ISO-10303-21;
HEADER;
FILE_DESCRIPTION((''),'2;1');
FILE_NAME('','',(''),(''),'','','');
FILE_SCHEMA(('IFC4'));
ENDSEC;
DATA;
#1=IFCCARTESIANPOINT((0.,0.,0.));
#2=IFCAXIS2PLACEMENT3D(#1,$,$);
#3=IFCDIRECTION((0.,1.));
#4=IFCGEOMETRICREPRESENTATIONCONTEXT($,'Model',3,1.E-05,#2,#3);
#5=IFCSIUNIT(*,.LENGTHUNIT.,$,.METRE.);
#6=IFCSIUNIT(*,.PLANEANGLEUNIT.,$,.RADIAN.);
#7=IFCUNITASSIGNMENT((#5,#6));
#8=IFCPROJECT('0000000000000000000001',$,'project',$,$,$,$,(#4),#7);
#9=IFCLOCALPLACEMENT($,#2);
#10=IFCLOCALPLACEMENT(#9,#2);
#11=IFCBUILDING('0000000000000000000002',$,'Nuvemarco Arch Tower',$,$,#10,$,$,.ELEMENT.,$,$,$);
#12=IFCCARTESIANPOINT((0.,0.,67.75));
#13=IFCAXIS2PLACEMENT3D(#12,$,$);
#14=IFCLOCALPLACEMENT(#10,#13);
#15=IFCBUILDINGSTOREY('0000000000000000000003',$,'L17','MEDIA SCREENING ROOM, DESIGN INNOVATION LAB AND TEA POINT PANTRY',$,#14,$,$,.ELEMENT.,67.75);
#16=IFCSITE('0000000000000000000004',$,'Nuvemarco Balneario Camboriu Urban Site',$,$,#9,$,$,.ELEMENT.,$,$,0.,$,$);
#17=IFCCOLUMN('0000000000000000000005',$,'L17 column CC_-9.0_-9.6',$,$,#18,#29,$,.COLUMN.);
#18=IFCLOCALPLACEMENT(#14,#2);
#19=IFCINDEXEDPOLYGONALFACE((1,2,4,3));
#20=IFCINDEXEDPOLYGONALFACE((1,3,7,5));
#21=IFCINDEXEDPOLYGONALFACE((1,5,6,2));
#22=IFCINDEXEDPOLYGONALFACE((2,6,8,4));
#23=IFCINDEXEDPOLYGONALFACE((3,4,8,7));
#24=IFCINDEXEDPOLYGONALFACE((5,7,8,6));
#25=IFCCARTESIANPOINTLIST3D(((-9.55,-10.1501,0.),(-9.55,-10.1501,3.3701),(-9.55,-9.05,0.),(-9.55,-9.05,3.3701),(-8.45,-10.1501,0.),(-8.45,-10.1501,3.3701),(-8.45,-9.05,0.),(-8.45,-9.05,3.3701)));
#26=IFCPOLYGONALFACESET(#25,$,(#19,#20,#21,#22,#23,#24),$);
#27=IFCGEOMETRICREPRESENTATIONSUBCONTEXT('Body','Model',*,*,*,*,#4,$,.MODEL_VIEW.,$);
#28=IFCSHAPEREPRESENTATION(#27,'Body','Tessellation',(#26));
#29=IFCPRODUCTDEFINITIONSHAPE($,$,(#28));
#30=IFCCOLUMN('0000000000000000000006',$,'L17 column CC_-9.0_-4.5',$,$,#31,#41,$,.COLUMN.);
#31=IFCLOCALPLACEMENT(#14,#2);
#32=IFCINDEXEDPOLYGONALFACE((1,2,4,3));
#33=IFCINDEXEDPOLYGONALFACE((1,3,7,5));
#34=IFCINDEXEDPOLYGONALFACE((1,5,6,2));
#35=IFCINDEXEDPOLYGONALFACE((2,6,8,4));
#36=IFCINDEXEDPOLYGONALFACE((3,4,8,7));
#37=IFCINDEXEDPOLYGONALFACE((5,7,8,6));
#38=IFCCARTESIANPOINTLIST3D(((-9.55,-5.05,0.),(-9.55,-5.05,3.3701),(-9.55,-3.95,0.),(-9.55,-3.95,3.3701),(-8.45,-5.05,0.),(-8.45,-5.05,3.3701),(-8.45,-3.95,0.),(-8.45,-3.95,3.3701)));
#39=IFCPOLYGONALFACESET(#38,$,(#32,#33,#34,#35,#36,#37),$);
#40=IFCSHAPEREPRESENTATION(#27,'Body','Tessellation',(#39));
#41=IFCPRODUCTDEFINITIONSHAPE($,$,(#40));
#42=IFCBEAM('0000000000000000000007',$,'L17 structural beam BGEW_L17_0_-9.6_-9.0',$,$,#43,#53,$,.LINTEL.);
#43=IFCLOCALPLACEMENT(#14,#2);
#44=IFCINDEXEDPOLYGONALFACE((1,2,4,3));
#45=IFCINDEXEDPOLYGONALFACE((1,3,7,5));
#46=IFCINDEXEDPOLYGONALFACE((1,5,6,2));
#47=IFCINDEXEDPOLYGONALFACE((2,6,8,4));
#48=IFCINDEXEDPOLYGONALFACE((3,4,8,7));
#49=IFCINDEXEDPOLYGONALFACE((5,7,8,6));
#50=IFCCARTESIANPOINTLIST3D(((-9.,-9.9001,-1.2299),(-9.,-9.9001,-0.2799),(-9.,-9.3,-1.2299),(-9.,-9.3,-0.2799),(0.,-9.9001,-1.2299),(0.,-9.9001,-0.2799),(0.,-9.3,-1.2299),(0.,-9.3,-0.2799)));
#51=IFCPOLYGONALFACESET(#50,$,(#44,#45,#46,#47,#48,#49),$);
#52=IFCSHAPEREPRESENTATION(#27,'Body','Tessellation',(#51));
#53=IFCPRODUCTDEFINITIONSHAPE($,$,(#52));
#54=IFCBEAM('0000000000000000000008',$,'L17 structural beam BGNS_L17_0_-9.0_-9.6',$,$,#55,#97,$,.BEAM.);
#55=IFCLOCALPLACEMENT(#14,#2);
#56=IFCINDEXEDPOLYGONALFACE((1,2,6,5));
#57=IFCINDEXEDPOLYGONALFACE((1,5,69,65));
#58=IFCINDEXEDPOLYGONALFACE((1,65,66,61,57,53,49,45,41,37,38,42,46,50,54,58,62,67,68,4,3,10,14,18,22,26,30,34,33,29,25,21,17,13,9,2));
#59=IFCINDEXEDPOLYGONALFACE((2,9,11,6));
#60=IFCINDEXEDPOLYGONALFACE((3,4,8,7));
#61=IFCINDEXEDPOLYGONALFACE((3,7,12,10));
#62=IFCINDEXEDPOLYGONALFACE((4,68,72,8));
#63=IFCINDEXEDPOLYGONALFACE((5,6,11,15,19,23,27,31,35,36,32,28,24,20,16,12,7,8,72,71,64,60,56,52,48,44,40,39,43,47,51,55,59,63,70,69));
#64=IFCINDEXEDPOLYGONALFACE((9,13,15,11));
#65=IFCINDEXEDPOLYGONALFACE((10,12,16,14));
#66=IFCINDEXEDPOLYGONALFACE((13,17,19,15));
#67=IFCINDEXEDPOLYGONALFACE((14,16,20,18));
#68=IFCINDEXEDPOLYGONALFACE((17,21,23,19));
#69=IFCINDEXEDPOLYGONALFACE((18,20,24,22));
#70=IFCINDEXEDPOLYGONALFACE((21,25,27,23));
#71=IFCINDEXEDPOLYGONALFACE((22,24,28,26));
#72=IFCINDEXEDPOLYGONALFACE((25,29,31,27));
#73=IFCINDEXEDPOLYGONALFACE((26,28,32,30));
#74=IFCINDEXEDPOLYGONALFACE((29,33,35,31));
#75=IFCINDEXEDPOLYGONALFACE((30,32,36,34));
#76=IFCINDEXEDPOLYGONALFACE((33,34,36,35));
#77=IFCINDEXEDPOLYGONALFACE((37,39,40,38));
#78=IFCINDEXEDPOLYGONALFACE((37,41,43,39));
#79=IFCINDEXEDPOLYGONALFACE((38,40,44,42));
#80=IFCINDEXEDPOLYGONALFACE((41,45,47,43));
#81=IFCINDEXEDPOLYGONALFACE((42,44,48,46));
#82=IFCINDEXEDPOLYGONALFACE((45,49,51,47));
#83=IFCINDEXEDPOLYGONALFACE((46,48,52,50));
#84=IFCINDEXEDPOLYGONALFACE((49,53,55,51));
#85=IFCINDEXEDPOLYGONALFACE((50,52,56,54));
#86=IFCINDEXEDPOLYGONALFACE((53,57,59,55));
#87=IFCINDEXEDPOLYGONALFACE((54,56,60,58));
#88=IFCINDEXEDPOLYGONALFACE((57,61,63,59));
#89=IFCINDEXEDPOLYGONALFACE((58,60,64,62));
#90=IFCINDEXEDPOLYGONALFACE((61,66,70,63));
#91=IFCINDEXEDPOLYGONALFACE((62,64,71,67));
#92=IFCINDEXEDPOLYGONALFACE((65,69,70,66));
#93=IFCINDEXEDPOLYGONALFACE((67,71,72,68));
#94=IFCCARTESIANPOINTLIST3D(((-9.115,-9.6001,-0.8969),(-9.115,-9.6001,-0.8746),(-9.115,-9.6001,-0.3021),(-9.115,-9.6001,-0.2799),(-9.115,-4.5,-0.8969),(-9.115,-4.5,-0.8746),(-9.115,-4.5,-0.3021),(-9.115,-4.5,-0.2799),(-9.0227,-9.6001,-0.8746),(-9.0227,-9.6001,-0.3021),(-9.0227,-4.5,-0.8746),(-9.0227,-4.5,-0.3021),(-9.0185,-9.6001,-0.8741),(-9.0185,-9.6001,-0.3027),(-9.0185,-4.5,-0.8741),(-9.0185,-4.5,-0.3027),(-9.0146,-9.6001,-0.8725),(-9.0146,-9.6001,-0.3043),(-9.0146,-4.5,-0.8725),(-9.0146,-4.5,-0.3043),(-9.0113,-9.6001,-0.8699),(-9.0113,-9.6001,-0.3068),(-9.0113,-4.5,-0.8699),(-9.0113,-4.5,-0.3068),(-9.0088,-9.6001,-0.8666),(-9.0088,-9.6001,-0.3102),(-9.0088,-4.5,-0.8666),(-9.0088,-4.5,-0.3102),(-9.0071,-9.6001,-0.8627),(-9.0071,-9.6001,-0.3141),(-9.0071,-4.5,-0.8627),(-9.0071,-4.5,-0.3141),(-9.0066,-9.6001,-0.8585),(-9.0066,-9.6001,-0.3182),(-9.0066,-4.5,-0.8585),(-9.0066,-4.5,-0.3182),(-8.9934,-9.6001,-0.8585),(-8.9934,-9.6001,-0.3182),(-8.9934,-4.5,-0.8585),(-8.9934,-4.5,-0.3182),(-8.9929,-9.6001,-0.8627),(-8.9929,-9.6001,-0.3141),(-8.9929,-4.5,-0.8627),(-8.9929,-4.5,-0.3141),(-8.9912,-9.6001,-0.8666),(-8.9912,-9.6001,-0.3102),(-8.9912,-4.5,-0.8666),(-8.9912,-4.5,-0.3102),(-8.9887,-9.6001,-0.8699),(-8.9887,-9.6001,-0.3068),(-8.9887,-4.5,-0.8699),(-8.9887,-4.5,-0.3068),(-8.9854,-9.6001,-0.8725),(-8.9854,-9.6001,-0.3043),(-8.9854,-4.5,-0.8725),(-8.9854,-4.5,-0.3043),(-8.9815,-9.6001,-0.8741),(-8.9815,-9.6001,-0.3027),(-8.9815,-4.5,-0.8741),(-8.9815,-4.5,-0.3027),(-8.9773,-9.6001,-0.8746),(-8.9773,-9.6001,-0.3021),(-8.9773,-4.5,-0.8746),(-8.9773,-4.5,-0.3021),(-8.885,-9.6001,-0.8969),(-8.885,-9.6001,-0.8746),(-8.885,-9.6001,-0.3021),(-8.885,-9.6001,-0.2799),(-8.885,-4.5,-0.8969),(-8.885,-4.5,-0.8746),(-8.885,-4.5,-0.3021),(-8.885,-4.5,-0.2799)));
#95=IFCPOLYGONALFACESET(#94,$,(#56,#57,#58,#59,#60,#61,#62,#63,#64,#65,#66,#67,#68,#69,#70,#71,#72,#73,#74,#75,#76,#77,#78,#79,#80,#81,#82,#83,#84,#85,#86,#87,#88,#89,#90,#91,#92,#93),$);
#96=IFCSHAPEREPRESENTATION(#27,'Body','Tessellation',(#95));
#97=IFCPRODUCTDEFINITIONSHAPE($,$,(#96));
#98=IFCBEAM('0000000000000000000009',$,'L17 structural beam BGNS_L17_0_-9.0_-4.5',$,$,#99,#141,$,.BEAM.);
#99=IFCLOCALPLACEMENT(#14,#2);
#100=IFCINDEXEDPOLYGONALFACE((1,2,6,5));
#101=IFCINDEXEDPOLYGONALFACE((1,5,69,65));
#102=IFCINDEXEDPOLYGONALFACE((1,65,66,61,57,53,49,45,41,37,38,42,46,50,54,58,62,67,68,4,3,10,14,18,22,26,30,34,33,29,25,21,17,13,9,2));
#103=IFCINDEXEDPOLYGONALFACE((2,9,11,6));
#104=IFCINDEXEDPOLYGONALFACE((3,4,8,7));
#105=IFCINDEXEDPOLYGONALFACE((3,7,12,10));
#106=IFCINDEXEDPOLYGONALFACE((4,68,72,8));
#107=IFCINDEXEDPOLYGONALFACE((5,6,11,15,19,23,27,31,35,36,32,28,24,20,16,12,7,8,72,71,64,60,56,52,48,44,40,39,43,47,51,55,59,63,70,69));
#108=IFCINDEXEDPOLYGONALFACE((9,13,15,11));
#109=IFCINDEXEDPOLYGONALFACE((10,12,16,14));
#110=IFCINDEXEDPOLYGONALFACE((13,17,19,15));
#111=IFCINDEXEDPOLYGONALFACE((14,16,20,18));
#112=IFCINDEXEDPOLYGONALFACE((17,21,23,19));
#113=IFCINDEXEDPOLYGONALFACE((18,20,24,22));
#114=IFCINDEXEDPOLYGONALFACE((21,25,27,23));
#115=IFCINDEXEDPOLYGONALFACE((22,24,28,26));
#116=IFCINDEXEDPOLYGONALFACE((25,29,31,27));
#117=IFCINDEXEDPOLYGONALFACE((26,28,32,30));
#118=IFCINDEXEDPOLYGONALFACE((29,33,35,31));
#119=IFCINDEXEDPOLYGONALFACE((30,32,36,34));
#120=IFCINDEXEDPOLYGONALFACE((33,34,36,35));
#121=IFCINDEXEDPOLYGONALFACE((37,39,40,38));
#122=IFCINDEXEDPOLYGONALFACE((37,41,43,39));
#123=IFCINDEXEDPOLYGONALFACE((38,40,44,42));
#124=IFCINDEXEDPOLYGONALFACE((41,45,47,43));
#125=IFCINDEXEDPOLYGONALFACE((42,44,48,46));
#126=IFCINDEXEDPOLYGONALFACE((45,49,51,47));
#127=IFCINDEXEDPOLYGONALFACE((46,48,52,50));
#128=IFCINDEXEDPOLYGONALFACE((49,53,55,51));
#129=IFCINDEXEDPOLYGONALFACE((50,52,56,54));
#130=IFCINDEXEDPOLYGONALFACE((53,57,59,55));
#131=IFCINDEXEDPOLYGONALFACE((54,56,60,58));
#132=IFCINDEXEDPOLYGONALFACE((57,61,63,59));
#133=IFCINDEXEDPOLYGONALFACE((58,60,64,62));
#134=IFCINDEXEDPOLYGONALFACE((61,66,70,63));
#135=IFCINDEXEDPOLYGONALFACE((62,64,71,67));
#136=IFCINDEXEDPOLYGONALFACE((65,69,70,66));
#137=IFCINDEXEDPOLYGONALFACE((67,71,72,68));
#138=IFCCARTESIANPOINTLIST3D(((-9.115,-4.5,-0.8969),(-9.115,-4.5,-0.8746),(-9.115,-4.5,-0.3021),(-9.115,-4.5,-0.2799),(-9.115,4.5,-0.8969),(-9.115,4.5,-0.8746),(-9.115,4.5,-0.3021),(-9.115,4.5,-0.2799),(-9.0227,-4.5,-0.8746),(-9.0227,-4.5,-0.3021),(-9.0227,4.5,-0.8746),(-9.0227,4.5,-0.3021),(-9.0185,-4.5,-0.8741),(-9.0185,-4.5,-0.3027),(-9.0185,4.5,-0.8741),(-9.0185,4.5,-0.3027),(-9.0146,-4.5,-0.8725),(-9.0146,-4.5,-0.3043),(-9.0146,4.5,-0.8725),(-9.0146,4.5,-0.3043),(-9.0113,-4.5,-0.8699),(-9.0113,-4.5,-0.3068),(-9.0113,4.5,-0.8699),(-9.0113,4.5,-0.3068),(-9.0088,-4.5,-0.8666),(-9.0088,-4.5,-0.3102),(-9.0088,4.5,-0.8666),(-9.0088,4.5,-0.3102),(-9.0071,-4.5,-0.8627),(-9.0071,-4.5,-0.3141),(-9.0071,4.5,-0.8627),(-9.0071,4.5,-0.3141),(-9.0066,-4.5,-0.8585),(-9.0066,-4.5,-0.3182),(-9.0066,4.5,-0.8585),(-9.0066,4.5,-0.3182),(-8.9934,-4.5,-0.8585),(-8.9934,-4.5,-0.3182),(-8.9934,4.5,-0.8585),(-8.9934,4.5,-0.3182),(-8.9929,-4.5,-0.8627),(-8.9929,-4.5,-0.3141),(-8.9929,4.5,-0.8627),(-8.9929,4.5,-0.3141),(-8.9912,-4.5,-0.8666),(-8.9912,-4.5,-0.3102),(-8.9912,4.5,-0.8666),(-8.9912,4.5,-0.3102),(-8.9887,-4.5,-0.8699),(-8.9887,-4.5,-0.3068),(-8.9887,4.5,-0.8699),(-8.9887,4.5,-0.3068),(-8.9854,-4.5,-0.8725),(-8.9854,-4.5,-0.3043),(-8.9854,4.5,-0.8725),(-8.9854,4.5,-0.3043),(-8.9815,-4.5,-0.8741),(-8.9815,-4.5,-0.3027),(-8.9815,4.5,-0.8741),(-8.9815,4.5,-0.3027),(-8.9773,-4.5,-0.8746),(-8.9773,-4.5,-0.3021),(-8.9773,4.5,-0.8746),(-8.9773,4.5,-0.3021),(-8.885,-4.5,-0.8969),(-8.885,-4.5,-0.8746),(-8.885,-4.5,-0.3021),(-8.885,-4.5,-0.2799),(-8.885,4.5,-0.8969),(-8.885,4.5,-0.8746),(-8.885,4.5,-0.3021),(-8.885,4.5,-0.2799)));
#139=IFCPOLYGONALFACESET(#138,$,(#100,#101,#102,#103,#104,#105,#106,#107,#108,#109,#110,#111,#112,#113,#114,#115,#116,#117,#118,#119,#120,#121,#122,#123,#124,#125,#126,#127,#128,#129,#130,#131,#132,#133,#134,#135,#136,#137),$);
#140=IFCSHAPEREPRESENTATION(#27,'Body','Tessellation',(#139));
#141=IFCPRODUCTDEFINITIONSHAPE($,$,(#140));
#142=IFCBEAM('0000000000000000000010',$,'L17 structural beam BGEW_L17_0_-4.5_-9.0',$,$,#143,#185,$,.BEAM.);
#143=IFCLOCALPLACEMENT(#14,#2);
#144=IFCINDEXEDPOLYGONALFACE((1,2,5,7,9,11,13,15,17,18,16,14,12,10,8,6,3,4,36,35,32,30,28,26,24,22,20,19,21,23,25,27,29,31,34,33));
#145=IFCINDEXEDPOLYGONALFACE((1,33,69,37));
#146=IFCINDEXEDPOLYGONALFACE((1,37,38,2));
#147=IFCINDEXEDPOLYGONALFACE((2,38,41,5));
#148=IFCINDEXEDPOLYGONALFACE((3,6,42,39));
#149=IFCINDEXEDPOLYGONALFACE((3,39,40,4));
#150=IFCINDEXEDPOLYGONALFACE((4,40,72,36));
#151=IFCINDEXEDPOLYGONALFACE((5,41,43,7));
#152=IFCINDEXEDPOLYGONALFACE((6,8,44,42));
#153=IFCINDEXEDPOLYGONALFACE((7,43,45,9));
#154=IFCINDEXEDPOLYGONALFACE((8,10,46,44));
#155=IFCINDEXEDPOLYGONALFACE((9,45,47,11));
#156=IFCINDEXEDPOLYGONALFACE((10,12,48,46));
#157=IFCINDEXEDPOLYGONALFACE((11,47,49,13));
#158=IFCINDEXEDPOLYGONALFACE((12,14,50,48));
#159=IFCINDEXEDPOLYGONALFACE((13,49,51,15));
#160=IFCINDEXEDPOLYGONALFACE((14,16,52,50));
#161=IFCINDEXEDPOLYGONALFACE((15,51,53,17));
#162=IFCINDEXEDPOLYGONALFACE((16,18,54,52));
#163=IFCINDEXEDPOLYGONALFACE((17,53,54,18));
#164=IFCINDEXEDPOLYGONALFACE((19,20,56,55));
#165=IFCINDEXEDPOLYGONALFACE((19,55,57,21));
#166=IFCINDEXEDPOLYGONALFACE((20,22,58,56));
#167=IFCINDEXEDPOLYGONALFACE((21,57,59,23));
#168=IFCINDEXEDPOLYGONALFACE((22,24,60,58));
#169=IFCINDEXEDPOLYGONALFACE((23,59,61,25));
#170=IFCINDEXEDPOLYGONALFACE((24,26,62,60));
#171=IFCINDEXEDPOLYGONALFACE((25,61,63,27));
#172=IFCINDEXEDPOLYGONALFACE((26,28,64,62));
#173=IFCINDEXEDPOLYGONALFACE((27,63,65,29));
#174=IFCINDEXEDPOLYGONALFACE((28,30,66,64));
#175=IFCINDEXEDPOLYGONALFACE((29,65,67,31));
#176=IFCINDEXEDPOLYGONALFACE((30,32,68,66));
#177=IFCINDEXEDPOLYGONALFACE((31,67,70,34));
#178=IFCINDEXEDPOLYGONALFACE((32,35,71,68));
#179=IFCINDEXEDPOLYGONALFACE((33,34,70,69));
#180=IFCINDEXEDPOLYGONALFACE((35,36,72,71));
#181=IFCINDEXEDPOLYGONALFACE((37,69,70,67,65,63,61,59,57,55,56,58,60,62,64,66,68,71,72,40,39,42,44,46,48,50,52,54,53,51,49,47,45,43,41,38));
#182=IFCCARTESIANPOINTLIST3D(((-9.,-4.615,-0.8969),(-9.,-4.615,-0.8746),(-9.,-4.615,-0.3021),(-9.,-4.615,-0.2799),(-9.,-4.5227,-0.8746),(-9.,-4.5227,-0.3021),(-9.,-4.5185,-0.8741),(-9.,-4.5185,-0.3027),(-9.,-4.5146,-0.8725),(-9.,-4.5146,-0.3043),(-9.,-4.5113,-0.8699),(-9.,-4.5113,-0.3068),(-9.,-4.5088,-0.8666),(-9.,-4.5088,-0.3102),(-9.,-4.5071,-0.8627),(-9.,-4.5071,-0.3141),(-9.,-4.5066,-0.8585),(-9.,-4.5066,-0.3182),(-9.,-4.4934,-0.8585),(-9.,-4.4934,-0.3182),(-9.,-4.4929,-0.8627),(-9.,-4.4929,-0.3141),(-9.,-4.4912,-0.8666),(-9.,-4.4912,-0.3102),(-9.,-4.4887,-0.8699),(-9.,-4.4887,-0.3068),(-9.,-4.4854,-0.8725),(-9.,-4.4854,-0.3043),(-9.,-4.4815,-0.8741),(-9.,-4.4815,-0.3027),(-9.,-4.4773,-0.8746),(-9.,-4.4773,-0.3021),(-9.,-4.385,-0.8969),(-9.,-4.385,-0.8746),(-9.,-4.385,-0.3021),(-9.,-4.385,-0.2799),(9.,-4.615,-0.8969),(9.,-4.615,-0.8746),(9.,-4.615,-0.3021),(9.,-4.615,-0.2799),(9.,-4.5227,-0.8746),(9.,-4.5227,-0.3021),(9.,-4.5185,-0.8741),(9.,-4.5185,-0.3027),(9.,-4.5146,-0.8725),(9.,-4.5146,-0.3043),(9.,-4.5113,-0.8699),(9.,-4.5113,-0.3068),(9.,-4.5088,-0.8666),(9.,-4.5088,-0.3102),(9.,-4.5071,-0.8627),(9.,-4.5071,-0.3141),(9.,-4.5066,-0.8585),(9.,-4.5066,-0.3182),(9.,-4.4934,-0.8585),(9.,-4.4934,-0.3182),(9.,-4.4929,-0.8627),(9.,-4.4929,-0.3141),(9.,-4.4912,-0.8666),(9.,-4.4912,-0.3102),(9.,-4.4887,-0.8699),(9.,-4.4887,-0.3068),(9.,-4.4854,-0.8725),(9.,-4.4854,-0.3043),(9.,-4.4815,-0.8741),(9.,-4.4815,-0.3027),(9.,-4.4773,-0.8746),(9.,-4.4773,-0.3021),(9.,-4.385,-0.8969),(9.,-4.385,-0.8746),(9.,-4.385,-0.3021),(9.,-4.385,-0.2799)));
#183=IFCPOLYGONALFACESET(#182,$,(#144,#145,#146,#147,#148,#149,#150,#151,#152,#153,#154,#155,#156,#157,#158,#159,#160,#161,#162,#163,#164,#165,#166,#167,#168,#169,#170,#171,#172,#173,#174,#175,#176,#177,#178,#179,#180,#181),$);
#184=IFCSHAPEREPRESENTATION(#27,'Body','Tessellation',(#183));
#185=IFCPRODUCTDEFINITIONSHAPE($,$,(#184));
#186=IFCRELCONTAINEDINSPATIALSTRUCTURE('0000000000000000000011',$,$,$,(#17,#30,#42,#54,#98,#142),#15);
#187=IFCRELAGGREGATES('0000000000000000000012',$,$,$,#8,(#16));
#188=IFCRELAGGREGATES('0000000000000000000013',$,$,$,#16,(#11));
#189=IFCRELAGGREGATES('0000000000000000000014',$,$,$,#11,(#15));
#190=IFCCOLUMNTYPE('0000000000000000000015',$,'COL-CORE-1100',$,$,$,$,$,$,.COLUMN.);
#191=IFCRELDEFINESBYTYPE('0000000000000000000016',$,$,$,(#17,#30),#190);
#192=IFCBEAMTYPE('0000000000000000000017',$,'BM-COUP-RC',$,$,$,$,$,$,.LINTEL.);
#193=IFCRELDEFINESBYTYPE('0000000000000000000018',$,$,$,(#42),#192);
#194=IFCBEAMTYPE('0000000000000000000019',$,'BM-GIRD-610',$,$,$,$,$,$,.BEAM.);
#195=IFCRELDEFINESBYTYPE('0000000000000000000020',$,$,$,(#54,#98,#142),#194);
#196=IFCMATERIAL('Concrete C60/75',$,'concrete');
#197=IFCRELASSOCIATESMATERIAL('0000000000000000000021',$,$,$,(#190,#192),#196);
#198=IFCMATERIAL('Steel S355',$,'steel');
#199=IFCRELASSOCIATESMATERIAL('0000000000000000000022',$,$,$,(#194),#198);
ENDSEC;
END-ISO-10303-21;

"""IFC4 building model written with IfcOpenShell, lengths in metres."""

from ifc_helpers import new_model, si_unit, direction, frame, origin, origin_2d, place, context, subcontext, project, spatial, rectangle, i_section, extrude, material, material_profile, profile_set, type_object, element, save


model = new_model("IFC4")

# Units and contexts
model_context = context("Model", 3, precision=1e-05, world=origin(), true_north=direction((0.0, 1.0)))
body_context = subcontext(model_context, "Body", "Model", "MODEL_VIEW")
ifc_project = project(units=[si_unit("LENGTHUNIT", "METRE"), si_unit("PLANEANGLEUNIT", "RADIAN")], contexts=[model_context])

# Site, building, storey
site_placement = place(None, origin())
site = spatial("IfcSite", under=ifc_project, at=site_placement, Name="Nuvemarco Balneario Camboriu Urban Site", CompositionType="ELEMENT", RefElevation=0.0)
building_placement = place(site_placement, origin())
building = spatial("IfcBuilding", under=site, at=building_placement, Name="Nuvemarco Arch Tower", CompositionType="ELEMENT")
storey_placement = place(building_placement, frame((0.0, 0.0, 67.75)))
storey = spatial("IfcBuildingStorey", under=building, at=storey_placement, Name="L17", Description="MEDIA SCREENING ROOM, DESIGN INNOVATION LAB AND TEA POINT PANTRY", CompositionType="ELEMENT", Elevation=67.75)

# Columns
ifc_material_1 = material(Name="Concrete C60/75", Category="concrete")
ifc_material_profile_1 = material_profile(ifc_material_1, rectangle(XDim=1.1001, YDim=1.1001, at=origin_2d()), Name="RC-COL-1100x1100")
ifc_profile_set_1 = profile_set([ifc_material_profile_1], Name="Concrete C60/75")
column_type = type_object("IfcColumnType", Name="COL-CORE-1100", PredefinedType="COLUMN", material=ifc_profile_set_1)
for number, where, z_axis, x_axis, name in (
    (1, (-9.0, -9.6001, 0.0), (0.0, 0.0, 1.0), (1.0, 0.0, 0.0), "L17 column CC_-9.0_-9.6"),
    (2, (-9.0, -4.5, 0.0), (0.0, 0.0, 1.0), (1.0, 0.0, 0.0), "L17 column CC_-9.0_-4.5"),
):
    element("IfcColumn", number, at=place(storey_placement, frame(where, z_axis=z_axis, x_axis=x_axis)), inside=storey, type_object=column_type, Name=name, PredefinedType="COLUMN", context=body_context, shape_type="SweptSolid", body=[
        extrude(rectangle(XDim=1.1001, YDim=1.1001, at=origin_2d()), origin(), (0.0, 0.0, 1.0), 3.3701),
    ])

# Beams
ifc_material_profile_2 = material_profile(ifc_material_1, rectangle(XDim=0.6001, YDim=0.95, at=origin_2d()), Name="RC-BM-600x950")
ifc_profile_set_2 = profile_set([ifc_material_profile_2], Name="Concrete C60/75")
beam_type_1 = type_object("IfcBeamType", Name="BM-COUP-RC", PredefinedType="LINTEL", material=ifc_profile_set_2)
beam_1_placement = place(storey_placement, frame((-9.0, -9.6001, -0.7549), z_axis=(1.0, 0.0, 0.0), x_axis=(0.0, 1.0, 0.0)))
element("IfcBeam", 3, at=beam_1_placement, inside=storey, type_object=beam_type_1, Name="L17 structural beam BGEW_L17_0_-9.6_-9.0", PredefinedType="LINTEL", context=body_context, shape_type="SweptSolid", body=[
    extrude(rectangle(XDim=0.6001, YDim=0.95, at=origin_2d()), origin(), (0.0, 0.0, 1.0), 9.0),
])
ifc_material_2 = material(Name="Steel S355", Category="steel")
ifc_material_profile_3 = material_profile(ifc_material_2, i_section(OverallWidth=0.23, OverallDepth=0.6169, WebThickness=0.0132, FlangeThickness=0.0222, FilletRadius=0.0161, at=origin_2d()), Name="W610x140")
ifc_profile_set_3 = profile_set([ifc_material_profile_3], Name="Steel S355")
beam_type_2 = type_object("IfcBeamType", Name="BM-GIRD-610", PredefinedType="BEAM", material=ifc_profile_set_3)
beam_2_placement = place(storey_placement, frame((-9.0, -9.6001, -0.5884), z_axis=(0.0, 1.0, 0.0), x_axis=(-1.0, 0.0, 0.0)))
element("IfcBeam", 4, at=beam_2_placement, inside=storey, type_object=beam_type_2, Name="L17 structural beam BGNS_L17_0_-9.0_-9.6", PredefinedType="BEAM", context=body_context, shape_type="SweptSolid", body=[
    extrude(i_section(OverallWidth=0.23, OverallDepth=0.6169, WebThickness=0.0132, FlangeThickness=0.0222, FilletRadius=0.0161, at=origin_2d()), origin(), (0.0, 0.0, 1.0), 5.1001),
])
beam_3_placement = place(storey_placement, frame((-9.0, -4.5, -0.5884), z_axis=(0.0, 1.0, 0.0), x_axis=(-1.0, 0.0, 0.0)))
element("IfcBeam", 5, at=beam_3_placement, inside=storey, type_object=beam_type_2, Name="L17 structural beam BGNS_L17_0_-9.0_-4.5", PredefinedType="BEAM", context=body_context, shape_type="SweptSolid", body=[
    extrude(i_section(OverallWidth=0.23, OverallDepth=0.6169, WebThickness=0.0132, FlangeThickness=0.0222, FilletRadius=0.0161, at=origin_2d()), origin(), (0.0, 0.0, 1.0), 9.0),
])
beam_4_placement = place(storey_placement, frame((-9.0, -4.5, -0.5884), z_axis=(1.0, 0.0, 0.0), x_axis=(0.0, 1.0, 0.0)))
element("IfcBeam", 6, at=beam_4_placement, inside=storey, type_object=beam_type_2, Name="L17 structural beam BGEW_L17_0_-4.5_-9.0", PredefinedType="BEAM", context=body_context, shape_type="SweptSolid", body=[
    extrude(i_section(OverallWidth=0.23, OverallDepth=0.6169, WebThickness=0.0132, FlangeThickness=0.0222, FilletRadius=0.0161, at=origin_2d()), origin(), (0.0, 0.0, 1.0), 18.0),
])

save(model, "model.ifc")
